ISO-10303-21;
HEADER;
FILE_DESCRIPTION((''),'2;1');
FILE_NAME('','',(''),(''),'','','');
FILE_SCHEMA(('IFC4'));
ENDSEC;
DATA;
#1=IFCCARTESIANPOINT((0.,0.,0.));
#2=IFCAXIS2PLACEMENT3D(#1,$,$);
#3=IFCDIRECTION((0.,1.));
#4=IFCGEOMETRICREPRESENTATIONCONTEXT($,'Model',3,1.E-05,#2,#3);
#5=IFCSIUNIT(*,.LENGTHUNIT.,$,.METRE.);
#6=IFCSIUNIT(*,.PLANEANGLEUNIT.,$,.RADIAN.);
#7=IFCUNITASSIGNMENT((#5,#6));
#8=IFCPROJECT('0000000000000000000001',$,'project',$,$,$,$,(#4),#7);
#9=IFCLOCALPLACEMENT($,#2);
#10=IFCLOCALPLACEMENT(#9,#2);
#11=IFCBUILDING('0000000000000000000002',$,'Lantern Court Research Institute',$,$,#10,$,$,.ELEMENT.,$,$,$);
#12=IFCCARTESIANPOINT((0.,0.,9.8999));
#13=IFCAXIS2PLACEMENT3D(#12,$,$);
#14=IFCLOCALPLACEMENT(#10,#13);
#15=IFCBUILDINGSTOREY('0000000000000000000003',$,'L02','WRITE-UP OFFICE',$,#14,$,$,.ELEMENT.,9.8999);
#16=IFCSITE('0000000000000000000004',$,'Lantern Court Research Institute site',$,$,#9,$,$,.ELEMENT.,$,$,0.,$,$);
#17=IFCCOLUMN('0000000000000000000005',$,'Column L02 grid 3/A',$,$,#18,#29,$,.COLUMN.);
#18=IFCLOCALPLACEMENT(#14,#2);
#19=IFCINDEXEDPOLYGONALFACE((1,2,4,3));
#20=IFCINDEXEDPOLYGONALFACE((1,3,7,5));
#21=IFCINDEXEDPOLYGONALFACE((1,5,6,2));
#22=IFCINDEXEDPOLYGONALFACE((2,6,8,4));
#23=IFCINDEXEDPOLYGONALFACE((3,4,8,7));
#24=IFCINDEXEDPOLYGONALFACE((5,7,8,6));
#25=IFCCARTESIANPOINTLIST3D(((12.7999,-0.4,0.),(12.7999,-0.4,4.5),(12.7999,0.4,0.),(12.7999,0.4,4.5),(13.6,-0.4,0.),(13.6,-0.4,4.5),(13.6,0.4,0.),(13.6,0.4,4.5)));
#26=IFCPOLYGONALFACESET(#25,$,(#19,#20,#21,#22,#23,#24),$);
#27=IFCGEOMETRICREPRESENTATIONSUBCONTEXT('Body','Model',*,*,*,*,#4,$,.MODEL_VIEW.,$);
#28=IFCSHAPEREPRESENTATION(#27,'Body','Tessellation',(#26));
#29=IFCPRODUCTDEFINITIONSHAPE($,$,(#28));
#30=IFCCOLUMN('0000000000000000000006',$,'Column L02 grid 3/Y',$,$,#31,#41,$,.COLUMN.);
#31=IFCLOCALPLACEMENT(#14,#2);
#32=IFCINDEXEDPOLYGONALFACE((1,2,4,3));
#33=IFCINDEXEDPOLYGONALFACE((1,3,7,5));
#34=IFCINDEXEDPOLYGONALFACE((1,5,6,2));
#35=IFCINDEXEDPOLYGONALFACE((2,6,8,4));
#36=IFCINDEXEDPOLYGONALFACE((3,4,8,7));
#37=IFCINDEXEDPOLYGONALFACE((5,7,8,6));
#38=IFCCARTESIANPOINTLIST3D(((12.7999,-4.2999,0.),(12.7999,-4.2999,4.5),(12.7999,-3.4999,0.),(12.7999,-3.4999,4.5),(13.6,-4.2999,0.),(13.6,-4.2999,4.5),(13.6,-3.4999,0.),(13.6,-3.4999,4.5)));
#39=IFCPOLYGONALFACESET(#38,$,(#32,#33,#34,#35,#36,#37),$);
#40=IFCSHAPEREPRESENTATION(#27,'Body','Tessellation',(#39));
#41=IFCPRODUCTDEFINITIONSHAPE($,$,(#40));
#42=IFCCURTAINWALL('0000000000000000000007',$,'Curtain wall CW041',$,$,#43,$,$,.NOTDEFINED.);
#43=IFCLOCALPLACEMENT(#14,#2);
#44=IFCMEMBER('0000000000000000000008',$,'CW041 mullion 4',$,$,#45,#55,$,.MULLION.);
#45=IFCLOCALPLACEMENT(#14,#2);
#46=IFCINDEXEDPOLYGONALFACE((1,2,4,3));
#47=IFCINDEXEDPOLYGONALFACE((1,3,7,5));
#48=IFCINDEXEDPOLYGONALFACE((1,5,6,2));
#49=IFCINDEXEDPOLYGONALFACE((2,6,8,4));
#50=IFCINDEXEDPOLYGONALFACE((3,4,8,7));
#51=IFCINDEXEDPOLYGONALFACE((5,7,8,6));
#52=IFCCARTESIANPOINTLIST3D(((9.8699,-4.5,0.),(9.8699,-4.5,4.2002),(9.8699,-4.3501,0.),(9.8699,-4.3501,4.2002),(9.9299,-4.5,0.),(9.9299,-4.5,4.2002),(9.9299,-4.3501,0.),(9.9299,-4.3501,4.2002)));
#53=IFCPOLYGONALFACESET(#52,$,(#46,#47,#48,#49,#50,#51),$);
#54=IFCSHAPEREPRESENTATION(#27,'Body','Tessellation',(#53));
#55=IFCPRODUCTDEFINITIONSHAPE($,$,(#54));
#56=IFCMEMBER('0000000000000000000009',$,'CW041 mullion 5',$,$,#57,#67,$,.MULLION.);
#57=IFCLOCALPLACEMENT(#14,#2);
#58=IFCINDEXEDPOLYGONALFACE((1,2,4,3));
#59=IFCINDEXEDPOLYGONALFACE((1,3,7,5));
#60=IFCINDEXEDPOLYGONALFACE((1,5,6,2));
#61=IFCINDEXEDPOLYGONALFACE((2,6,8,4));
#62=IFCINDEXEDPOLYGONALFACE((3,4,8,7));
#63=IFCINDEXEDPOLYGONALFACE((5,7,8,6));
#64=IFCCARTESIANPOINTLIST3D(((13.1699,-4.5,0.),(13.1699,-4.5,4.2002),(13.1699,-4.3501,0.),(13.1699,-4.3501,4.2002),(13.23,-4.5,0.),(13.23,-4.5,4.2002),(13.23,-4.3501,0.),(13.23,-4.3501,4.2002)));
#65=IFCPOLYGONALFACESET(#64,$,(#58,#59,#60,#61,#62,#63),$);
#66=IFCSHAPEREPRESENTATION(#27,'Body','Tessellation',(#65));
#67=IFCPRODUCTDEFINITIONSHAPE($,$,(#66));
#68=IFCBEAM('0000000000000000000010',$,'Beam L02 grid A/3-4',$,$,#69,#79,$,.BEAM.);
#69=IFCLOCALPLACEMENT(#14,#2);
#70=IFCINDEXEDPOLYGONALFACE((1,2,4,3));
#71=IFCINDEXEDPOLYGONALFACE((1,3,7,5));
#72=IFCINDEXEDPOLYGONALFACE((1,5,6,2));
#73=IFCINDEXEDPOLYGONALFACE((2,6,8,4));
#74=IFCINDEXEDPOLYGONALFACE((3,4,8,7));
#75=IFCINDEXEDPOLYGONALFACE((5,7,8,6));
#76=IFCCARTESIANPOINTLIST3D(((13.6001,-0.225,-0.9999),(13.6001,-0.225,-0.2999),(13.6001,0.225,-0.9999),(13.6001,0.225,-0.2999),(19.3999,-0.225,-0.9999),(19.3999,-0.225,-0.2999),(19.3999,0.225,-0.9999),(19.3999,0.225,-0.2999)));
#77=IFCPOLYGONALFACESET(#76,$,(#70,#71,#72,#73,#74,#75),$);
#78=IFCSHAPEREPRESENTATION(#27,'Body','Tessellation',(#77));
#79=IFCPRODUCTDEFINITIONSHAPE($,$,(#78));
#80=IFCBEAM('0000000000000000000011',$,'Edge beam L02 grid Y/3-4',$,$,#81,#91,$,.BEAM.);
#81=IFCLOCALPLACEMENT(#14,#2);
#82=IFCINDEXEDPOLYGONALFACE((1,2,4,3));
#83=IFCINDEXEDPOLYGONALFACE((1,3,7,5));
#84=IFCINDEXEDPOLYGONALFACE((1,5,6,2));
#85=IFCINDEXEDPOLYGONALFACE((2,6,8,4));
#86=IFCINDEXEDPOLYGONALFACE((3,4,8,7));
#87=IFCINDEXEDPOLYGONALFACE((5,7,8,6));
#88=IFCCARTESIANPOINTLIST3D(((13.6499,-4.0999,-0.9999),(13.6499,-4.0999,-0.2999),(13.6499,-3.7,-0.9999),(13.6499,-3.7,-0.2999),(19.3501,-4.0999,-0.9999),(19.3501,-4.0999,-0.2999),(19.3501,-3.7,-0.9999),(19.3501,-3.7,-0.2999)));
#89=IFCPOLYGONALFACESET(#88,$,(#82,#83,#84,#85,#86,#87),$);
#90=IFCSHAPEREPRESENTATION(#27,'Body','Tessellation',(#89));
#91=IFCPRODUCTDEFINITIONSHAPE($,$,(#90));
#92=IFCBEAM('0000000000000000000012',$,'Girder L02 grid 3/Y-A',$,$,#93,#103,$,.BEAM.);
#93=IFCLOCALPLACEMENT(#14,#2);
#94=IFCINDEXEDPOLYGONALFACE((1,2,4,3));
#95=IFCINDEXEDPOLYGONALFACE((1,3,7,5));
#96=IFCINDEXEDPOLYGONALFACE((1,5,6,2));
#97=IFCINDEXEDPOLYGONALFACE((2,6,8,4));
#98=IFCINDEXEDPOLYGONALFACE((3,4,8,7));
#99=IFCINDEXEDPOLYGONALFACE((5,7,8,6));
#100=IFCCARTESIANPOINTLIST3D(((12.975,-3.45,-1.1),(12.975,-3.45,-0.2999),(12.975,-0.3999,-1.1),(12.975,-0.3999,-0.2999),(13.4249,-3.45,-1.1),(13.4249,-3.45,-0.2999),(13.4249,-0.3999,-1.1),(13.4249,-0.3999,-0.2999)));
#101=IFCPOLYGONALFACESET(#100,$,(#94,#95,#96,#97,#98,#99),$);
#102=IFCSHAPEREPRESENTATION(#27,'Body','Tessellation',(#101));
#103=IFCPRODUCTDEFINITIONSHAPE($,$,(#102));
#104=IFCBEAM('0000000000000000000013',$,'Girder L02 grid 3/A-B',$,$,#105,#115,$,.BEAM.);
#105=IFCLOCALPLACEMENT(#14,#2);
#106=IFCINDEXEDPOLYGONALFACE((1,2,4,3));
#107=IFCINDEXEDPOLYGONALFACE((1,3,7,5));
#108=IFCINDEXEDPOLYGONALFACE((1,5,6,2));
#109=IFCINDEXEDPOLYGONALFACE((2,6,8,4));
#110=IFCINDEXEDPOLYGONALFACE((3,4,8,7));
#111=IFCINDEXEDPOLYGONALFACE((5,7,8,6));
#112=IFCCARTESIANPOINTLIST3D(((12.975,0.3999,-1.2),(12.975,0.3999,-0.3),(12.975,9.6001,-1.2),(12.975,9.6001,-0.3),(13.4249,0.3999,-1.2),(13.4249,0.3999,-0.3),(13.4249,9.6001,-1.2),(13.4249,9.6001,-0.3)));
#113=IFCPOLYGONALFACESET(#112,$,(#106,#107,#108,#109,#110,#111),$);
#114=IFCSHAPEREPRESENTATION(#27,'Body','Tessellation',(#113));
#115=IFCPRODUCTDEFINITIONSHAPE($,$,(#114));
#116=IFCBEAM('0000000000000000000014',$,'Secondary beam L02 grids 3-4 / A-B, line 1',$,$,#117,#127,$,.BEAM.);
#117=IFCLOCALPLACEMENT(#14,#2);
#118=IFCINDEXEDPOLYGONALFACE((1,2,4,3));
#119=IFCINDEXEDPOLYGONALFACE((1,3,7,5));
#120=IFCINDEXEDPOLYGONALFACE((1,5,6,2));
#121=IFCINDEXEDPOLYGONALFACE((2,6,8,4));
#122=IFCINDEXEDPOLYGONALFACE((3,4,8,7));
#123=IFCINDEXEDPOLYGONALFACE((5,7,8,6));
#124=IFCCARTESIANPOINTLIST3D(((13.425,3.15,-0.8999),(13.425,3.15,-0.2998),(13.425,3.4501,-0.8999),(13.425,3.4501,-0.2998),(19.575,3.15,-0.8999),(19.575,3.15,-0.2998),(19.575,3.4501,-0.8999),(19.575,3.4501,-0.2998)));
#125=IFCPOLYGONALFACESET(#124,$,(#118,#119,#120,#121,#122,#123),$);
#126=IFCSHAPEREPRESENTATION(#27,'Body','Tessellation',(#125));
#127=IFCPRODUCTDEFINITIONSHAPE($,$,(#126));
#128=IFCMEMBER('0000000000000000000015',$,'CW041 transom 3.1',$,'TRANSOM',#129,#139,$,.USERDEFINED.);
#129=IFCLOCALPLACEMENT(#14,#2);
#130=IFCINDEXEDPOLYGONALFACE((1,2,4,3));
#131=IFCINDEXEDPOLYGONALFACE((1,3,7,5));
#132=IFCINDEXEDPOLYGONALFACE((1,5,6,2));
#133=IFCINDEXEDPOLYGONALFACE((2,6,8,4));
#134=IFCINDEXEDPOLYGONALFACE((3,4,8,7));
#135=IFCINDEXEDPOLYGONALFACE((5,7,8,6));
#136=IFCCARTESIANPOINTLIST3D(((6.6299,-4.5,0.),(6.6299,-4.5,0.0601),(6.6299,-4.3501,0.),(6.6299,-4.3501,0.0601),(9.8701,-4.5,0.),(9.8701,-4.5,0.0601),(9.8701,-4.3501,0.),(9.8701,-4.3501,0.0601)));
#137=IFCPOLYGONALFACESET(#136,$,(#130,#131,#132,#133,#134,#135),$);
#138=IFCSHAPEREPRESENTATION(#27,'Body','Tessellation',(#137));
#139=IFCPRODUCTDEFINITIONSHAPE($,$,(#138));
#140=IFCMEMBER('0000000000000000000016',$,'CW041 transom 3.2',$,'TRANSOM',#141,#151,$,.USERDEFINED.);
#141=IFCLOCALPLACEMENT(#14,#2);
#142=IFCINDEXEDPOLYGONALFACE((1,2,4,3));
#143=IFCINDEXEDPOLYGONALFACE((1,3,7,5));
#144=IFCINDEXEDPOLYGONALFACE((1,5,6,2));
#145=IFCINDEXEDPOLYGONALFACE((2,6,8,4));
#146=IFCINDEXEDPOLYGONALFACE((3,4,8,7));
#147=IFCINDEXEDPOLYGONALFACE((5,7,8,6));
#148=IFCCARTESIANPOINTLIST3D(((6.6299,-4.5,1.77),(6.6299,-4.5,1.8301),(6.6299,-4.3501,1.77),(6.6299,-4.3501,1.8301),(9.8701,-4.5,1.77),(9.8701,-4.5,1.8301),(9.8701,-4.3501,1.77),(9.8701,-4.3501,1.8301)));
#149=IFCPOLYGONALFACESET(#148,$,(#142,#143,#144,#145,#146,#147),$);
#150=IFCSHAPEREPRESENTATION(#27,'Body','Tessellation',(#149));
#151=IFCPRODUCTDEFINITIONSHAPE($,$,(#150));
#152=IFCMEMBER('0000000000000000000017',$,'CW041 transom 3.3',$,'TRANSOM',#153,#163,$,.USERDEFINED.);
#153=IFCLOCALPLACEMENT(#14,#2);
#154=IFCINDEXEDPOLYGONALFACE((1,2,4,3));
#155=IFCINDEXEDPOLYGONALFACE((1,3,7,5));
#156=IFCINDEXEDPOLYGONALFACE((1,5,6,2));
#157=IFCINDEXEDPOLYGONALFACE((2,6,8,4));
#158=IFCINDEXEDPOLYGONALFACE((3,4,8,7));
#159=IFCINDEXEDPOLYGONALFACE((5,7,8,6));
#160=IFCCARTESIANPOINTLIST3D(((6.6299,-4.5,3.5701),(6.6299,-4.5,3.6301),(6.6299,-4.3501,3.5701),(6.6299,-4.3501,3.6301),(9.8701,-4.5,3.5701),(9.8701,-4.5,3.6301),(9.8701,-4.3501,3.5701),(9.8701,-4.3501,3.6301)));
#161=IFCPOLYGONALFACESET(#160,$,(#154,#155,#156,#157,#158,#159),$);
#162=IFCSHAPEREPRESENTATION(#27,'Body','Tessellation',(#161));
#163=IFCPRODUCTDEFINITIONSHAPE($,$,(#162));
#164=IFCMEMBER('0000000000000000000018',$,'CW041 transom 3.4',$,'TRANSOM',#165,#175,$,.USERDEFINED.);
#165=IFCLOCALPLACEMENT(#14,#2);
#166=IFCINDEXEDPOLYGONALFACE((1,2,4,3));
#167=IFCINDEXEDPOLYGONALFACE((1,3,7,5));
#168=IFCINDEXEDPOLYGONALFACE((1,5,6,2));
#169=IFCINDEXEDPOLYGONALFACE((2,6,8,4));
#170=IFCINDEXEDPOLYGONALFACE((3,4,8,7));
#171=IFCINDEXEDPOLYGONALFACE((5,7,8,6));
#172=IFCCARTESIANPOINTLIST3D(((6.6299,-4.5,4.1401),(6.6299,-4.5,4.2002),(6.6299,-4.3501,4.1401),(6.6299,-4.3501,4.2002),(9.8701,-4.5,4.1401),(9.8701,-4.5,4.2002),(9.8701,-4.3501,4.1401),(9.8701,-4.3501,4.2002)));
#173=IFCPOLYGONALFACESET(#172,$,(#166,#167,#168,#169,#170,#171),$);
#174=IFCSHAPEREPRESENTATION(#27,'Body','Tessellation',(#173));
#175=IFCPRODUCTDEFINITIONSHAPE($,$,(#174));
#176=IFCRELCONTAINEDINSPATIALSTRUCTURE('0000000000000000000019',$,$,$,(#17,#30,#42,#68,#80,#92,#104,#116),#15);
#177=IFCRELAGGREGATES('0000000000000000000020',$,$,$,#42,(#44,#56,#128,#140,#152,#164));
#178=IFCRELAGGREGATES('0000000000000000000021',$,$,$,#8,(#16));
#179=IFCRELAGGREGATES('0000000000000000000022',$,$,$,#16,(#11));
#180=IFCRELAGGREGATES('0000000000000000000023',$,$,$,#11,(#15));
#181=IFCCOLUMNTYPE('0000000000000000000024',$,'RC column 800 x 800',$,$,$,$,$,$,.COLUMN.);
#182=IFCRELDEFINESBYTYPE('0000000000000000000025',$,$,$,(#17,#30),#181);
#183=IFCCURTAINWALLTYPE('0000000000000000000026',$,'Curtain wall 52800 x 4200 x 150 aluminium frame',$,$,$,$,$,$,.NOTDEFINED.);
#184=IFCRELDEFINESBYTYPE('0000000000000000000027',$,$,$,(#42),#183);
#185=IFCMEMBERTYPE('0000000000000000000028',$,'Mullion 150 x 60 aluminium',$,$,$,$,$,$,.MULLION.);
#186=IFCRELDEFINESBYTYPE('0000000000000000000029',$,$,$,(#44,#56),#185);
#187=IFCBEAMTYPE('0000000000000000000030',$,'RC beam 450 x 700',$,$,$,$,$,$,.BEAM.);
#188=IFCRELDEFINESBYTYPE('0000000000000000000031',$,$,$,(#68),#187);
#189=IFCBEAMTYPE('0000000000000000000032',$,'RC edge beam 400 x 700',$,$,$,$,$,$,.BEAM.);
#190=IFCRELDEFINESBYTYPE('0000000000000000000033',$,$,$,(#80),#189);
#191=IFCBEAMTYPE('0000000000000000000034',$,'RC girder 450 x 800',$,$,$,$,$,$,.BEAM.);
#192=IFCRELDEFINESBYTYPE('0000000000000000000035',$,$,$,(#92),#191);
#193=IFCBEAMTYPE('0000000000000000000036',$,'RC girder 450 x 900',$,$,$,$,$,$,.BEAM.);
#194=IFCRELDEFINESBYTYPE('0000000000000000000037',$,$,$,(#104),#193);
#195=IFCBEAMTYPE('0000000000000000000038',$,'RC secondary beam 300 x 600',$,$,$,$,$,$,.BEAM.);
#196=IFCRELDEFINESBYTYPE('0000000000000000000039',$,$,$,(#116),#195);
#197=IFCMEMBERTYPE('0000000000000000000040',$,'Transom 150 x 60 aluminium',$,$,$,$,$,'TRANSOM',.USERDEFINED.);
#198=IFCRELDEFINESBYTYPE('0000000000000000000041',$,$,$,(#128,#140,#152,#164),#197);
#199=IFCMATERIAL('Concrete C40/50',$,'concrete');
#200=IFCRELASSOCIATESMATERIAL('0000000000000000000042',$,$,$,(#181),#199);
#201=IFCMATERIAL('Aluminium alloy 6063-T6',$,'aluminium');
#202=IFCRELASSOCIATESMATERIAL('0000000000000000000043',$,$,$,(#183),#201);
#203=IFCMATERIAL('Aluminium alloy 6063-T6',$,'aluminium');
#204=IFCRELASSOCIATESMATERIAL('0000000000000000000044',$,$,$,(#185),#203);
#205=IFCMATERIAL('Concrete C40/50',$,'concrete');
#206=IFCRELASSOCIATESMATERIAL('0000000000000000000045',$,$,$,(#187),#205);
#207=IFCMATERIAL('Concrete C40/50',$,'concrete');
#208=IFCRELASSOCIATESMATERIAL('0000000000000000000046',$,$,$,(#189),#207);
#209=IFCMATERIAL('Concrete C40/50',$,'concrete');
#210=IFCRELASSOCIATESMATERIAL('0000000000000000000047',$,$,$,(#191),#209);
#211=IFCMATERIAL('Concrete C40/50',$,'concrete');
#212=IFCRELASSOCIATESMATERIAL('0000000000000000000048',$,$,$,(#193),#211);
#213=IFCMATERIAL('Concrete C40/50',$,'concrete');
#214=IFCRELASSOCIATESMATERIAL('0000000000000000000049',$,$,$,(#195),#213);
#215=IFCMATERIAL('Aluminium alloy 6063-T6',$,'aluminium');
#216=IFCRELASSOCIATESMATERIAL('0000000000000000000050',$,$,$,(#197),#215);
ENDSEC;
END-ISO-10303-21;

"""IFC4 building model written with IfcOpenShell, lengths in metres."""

from ifc_helpers import new_model, si_unit, direction, frame, origin, origin_2d, place, context, subcontext, project, spatial, rectangle, extrude, material, material_profile, profile_set, type_object, element, aggregate, save


model = new_model("IFC4")

# Units and contexts
model_context = context("Model", 3, precision=1e-05, world=origin(), true_north=direction((0.0, 1.0)))
body_context = subcontext(model_context, "Body", "Model", "MODEL_VIEW")
ifc_project = project(units=[si_unit("LENGTHUNIT", "METRE"), si_unit("PLANEANGLEUNIT", "RADIAN")], contexts=[model_context])

# Site, building, storey
site_placement = place(None, origin())
site = spatial("IfcSite", under=ifc_project, at=site_placement, Name="Lantern Court Research Institute site", CompositionType="ELEMENT", RefElevation=0.0)
building_placement = place(site_placement, origin())
building = spatial("IfcBuilding", under=site, at=building_placement, Name="Lantern Court Research Institute", CompositionType="ELEMENT")
storey_placement = place(building_placement, frame((0.0, 0.0, 9.8999)))
storey = spatial("IfcBuildingStorey", under=building, at=storey_placement, Name="L02", Description="WRITE-UP OFFICE", CompositionType="ELEMENT", Elevation=9.8999)

# Columns
ifc_material_1 = material(Name="Concrete C40/50", Category="concrete")
ifc_material_profile_1 = material_profile(ifc_material_1, rectangle(XDim=0.8, YDim=0.8, at=origin_2d()), Name="RC column 800 x 800")
ifc_profile_set_1 = profile_set([ifc_material_profile_1], Name="Concrete C40/50")
column_type = type_object("IfcColumnType", Name="RC column 800 x 800", PredefinedType="COLUMN", material=ifc_profile_set_1)
for number, where, z_axis, x_axis, name in (
    (1, (13.2, 0.0, 0.0), (0.0, 0.0, 1.0), (1.0, 0.0, 0.0), "Column L02 grid 3/A"),
    (2, (13.2, -3.8999, 0.0), (0.0, 0.0, 1.0), (1.0, 0.0, 0.0), "Column L02 grid 3/Y"),
):
    element("IfcColumn", number, at=place(storey_placement, frame(where, z_axis=z_axis, x_axis=x_axis)), inside=storey, type_object=column_type, Name=name, PredefinedType="COLUMN", context=body_context, shape_type="SweptSolid", body=[
        extrude(rectangle(XDim=0.8, YDim=0.8, at=origin_2d()), origin(), (0.0, 0.0, 1.0), 4.5),
    ])

# Curtain wall, members
ifc_material_2 = material(Name="Aluminium alloy 6063-T6", Category="aluminium")
curtain_wall_type = type_object("IfcCurtainWallType", Name="Curtain wall 52800 x 4200 x 150 aluminium frame", PredefinedType="NOTDEFINED", material=ifc_material_2)
curtain_wall_placement = place(storey_placement, origin())
curtain_wall = element("IfcCurtainWall", 3, at=curtain_wall_placement, inside=storey, type_object=curtain_wall_type, Name="Curtain wall CW041", PredefinedType="NOTDEFINED")
ifc_material_3 = material(Name="Aluminium alloy 6063-T6", Category="aluminium")
ifc_material_profile_2 = material_profile(ifc_material_3, rectangle(XDim=0.1499, YDim=0.0601, at=origin_2d()), Name="Mullion 150 x 60")
ifc_profile_set_2 = profile_set([ifc_material_profile_2], Name="Aluminium alloy 6063-T6")
member_type_1 = type_object("IfcMemberType", Name="Mullion 150 x 60 aluminium", PredefinedType="MULLION", material=ifc_profile_set_2)
member_1_placement = place(storey_placement, frame((9.8999, -4.425, 0.0), z_axis=(0.0, 0.0, 1.0), x_axis=(0.0, -1.0, 0.0)))
member_1 = element("IfcMember", 4, at=member_1_placement, type_object=member_type_1, Name="CW041 mullion 4", PredefinedType="MULLION", context=body_context, shape_type="SweptSolid", body=[
    extrude(rectangle(XDim=0.1499, YDim=0.0601, at=origin_2d()), origin(), (0.0, 0.0, 1.0), 4.2002),
])
member_2_placement = place(storey_placement, frame((13.2, -4.425, 0.0), z_axis=(0.0, 0.0, 1.0), x_axis=(0.0, -1.0, 0.0)))
member_2 = element("IfcMember", 5, at=member_2_placement, type_object=member_type_1, Name="CW041 mullion 5", PredefinedType="MULLION", context=body_context, shape_type="SweptSolid", body=[
    extrude(rectangle(XDim=0.1499, YDim=0.0601, at=origin_2d()), origin(), (0.0, 0.0, 1.0), 4.2002),
])

# Beams
ifc_material_4 = material(Name="Concrete C40/50", Category="concrete")
ifc_material_profile_3 = material_profile(ifc_material_4, rectangle(XDim=0.45, YDim=0.7, at=origin_2d()), Name="RC beam 450 x 700")
ifc_profile_set_3 = profile_set([ifc_material_profile_3], Name="Concrete C40/50")
beam_type_1 = type_object("IfcBeamType", Name="RC beam 450 x 700", PredefinedType="BEAM", material=ifc_profile_set_3)
beam_1_placement = place(storey_placement, frame((13.6001, 0.0, -0.6499), z_axis=(1.0, 0.0, 0.0), x_axis=(0.0, 1.0, 0.0)))
element("IfcBeam", 6, at=beam_1_placement, inside=storey, type_object=beam_type_1, Name="Beam L02 grid A/3-4", PredefinedType="BEAM", context=body_context, shape_type="SweptSolid", body=[
    extrude(rectangle(XDim=0.45, YDim=0.7, at=origin_2d()), origin(), (0.0, 0.0, 1.0), 5.7998),
])
ifc_material_5 = material(Name="Concrete C40/50", Category="concrete")
ifc_material_profile_4 = material_profile(ifc_material_5, rectangle(XDim=0.3999, YDim=0.7, at=origin_2d()), Name="RC beam 400 x 700")
ifc_profile_set_4 = profile_set([ifc_material_profile_4], Name="Concrete C40/50")
beam_type_2 = type_object("IfcBeamType", Name="RC edge beam 400 x 700", PredefinedType="BEAM", material=ifc_profile_set_4)
beam_2_placement = place(storey_placement, frame((13.6499, -3.8999, -0.6499), z_axis=(1.0, 0.0, 0.0), x_axis=(0.0, 1.0, 0.0)))
element("IfcBeam", 7, at=beam_2_placement, inside=storey, type_object=beam_type_2, Name="Edge beam L02 grid Y/3-4", PredefinedType="BEAM", context=body_context, shape_type="SweptSolid", body=[
    extrude(rectangle(XDim=0.3999, YDim=0.7, at=origin_2d()), origin(), (0.0, 0.0, 1.0), 5.7002),
])
ifc_material_6 = material(Name="Concrete C40/50", Category="concrete")
ifc_material_profile_5 = material_profile(ifc_material_6, rectangle(XDim=0.45, YDim=0.8, at=origin_2d()), Name="RC beam 450 x 800")
ifc_profile_set_5 = profile_set([ifc_material_profile_5], Name="Concrete C40/50")
beam_type_3 = type_object("IfcBeamType", Name="RC girder 450 x 800", PredefinedType="BEAM", material=ifc_profile_set_5)
beam_3_placement = place(storey_placement, frame((13.2, -3.45, -0.7), z_axis=(0.0, 1.0, 0.0), x_axis=(-1.0, 0.0, 0.0)))
element("IfcBeam", 8, at=beam_3_placement, inside=storey, type_object=beam_type_3, Name="Girder L02 grid 3/Y-A", PredefinedType="BEAM", context=body_context, shape_type="SweptSolid", body=[
    extrude(rectangle(XDim=0.45, YDim=0.8, at=origin_2d()), origin(), (0.0, 0.0, 1.0), 3.05),
])
ifc_material_7 = material(Name="Concrete C40/50", Category="concrete")
ifc_material_profile_6 = material_profile(ifc_material_7, rectangle(XDim=0.45, YDim=0.8999, at=origin_2d()), Name="RC beam 450 x 900")
ifc_profile_set_6 = profile_set([ifc_material_profile_6], Name="Concrete C40/50")
beam_type_4 = type_object("IfcBeamType", Name="RC girder 450 x 900", PredefinedType="BEAM", material=ifc_profile_set_6)
beam_4_placement = place(storey_placement, frame((13.2, 0.3999, -0.75), z_axis=(0.0, 1.0, 0.0), x_axis=(-1.0, 0.0, 0.0)))
element("IfcBeam", 9, at=beam_4_placement, inside=storey, type_object=beam_type_4, Name="Girder L02 grid 3/A-B", PredefinedType="BEAM", context=body_context, shape_type="SweptSolid", body=[
    extrude(rectangle(XDim=0.45, YDim=0.8999, at=origin_2d()), origin(), (0.0, 0.0, 1.0), 9.2002),
])
ifc_material_8 = material(Name="Concrete C40/50", Category="concrete")
ifc_material_profile_7 = material_profile(ifc_material_8, rectangle(XDim=0.3, YDim=0.6001, at=origin_2d()), Name="RC beam 300 x 600")
ifc_profile_set_7 = profile_set([ifc_material_profile_7], Name="Concrete C40/50")
beam_type_5 = type_object("IfcBeamType", Name="RC secondary beam 300 x 600", PredefinedType="BEAM", material=ifc_profile_set_7)
beam_5_placement = place(storey_placement, frame((13.425, 3.3, -0.5999), z_axis=(1.0, 0.0, 0.0), x_axis=(0.0, 1.0, 0.0)))
element("IfcBeam", 10, at=beam_5_placement, inside=storey, type_object=beam_type_5, Name="Secondary beam L02 grids 3-4 / A-B, line 1", PredefinedType="BEAM", context=body_context, shape_type="SweptSolid", body=[
    extrude(rectangle(XDim=0.3, YDim=0.6001, at=origin_2d()), origin(), (0.0, 0.0, 1.0), 6.1499),
])

# Members
ifc_material_9 = material(Name="Aluminium alloy 6063-T6", Category="aluminium")
ifc_material_profile_8 = material_profile(ifc_material_9, rectangle(XDim=0.1499, YDim=0.0601, at=origin_2d()), Name="Transom 150 x 60")
ifc_profile_set_8 = profile_set([ifc_material_profile_8], Name="Aluminium alloy 6063-T6")
member_type_2 = type_object("IfcMemberType", Name="Transom 150 x 60 aluminium", ElementType="TRANSOM", PredefinedType="USERDEFINED", material=ifc_profile_set_8)
member_3_placement = place(storey_placement, frame((9.8701, -4.425, 0.03), z_axis=(-1.0, 0.0, 0.0), x_axis=(0.0, -1.0, 0.0)))
member_3 = element("IfcMember", 11, at=member_3_placement, type_object=member_type_2, Name="CW041 transom 3.1", ObjectType="TRANSOM", PredefinedType="USERDEFINED", context=body_context, shape_type="SweptSolid", body=[
    extrude(rectangle(XDim=0.1499, YDim=0.0601, at=origin_2d()), origin(), (0.0, 0.0, 1.0), 3.2402),
])
member_4_placement = place(storey_placement, frame((9.8701, -4.425, 1.8), z_axis=(-1.0, 0.0, 0.0), x_axis=(0.0, -1.0, 0.0)))
member_4 = element("IfcMember", 12, at=member_4_placement, type_object=member_type_2, Name="CW041 transom 3.2", ObjectType="TRANSOM", PredefinedType="USERDEFINED", context=body_context, shape_type="SweptSolid", body=[
    extrude(rectangle(XDim=0.1499, YDim=0.0601, at=origin_2d()), origin(), (0.0, 0.0, 1.0), 3.2402),
])
member_5_placement = place(storey_placement, frame((9.8701, -4.425, 3.6001), z_axis=(-1.0, 0.0, 0.0), x_axis=(0.0, -1.0, 0.0)))
member_5 = element("IfcMember", 13, at=member_5_placement, type_object=member_type_2, Name="CW041 transom 3.3", ObjectType="TRANSOM", PredefinedType="USERDEFINED", context=body_context, shape_type="SweptSolid", body=[
    extrude(rectangle(XDim=0.1499, YDim=0.0601, at=origin_2d()), origin(), (0.0, 0.0, 1.0), 3.2402),
])
member_6_placement = place(storey_placement, frame((9.8701, -4.425, 4.1702), z_axis=(-1.0, 0.0, 0.0), x_axis=(0.0, -1.0, 0.0)))
member_6 = element("IfcMember", 14, at=member_6_placement, type_object=member_type_2, Name="CW041 transom 3.4", ObjectType="TRANSOM", PredefinedType="USERDEFINED", context=body_context, shape_type="SweptSolid", body=[
    extrude(rectangle(XDim=0.1499, YDim=0.0601, at=origin_2d()), origin(), (0.0, 0.0, 1.0), 3.2402),
])

aggregate(curtain_wall, [member_1, member_2, member_3, member_4, member_5, member_6])

save(model, "model.ifc")
